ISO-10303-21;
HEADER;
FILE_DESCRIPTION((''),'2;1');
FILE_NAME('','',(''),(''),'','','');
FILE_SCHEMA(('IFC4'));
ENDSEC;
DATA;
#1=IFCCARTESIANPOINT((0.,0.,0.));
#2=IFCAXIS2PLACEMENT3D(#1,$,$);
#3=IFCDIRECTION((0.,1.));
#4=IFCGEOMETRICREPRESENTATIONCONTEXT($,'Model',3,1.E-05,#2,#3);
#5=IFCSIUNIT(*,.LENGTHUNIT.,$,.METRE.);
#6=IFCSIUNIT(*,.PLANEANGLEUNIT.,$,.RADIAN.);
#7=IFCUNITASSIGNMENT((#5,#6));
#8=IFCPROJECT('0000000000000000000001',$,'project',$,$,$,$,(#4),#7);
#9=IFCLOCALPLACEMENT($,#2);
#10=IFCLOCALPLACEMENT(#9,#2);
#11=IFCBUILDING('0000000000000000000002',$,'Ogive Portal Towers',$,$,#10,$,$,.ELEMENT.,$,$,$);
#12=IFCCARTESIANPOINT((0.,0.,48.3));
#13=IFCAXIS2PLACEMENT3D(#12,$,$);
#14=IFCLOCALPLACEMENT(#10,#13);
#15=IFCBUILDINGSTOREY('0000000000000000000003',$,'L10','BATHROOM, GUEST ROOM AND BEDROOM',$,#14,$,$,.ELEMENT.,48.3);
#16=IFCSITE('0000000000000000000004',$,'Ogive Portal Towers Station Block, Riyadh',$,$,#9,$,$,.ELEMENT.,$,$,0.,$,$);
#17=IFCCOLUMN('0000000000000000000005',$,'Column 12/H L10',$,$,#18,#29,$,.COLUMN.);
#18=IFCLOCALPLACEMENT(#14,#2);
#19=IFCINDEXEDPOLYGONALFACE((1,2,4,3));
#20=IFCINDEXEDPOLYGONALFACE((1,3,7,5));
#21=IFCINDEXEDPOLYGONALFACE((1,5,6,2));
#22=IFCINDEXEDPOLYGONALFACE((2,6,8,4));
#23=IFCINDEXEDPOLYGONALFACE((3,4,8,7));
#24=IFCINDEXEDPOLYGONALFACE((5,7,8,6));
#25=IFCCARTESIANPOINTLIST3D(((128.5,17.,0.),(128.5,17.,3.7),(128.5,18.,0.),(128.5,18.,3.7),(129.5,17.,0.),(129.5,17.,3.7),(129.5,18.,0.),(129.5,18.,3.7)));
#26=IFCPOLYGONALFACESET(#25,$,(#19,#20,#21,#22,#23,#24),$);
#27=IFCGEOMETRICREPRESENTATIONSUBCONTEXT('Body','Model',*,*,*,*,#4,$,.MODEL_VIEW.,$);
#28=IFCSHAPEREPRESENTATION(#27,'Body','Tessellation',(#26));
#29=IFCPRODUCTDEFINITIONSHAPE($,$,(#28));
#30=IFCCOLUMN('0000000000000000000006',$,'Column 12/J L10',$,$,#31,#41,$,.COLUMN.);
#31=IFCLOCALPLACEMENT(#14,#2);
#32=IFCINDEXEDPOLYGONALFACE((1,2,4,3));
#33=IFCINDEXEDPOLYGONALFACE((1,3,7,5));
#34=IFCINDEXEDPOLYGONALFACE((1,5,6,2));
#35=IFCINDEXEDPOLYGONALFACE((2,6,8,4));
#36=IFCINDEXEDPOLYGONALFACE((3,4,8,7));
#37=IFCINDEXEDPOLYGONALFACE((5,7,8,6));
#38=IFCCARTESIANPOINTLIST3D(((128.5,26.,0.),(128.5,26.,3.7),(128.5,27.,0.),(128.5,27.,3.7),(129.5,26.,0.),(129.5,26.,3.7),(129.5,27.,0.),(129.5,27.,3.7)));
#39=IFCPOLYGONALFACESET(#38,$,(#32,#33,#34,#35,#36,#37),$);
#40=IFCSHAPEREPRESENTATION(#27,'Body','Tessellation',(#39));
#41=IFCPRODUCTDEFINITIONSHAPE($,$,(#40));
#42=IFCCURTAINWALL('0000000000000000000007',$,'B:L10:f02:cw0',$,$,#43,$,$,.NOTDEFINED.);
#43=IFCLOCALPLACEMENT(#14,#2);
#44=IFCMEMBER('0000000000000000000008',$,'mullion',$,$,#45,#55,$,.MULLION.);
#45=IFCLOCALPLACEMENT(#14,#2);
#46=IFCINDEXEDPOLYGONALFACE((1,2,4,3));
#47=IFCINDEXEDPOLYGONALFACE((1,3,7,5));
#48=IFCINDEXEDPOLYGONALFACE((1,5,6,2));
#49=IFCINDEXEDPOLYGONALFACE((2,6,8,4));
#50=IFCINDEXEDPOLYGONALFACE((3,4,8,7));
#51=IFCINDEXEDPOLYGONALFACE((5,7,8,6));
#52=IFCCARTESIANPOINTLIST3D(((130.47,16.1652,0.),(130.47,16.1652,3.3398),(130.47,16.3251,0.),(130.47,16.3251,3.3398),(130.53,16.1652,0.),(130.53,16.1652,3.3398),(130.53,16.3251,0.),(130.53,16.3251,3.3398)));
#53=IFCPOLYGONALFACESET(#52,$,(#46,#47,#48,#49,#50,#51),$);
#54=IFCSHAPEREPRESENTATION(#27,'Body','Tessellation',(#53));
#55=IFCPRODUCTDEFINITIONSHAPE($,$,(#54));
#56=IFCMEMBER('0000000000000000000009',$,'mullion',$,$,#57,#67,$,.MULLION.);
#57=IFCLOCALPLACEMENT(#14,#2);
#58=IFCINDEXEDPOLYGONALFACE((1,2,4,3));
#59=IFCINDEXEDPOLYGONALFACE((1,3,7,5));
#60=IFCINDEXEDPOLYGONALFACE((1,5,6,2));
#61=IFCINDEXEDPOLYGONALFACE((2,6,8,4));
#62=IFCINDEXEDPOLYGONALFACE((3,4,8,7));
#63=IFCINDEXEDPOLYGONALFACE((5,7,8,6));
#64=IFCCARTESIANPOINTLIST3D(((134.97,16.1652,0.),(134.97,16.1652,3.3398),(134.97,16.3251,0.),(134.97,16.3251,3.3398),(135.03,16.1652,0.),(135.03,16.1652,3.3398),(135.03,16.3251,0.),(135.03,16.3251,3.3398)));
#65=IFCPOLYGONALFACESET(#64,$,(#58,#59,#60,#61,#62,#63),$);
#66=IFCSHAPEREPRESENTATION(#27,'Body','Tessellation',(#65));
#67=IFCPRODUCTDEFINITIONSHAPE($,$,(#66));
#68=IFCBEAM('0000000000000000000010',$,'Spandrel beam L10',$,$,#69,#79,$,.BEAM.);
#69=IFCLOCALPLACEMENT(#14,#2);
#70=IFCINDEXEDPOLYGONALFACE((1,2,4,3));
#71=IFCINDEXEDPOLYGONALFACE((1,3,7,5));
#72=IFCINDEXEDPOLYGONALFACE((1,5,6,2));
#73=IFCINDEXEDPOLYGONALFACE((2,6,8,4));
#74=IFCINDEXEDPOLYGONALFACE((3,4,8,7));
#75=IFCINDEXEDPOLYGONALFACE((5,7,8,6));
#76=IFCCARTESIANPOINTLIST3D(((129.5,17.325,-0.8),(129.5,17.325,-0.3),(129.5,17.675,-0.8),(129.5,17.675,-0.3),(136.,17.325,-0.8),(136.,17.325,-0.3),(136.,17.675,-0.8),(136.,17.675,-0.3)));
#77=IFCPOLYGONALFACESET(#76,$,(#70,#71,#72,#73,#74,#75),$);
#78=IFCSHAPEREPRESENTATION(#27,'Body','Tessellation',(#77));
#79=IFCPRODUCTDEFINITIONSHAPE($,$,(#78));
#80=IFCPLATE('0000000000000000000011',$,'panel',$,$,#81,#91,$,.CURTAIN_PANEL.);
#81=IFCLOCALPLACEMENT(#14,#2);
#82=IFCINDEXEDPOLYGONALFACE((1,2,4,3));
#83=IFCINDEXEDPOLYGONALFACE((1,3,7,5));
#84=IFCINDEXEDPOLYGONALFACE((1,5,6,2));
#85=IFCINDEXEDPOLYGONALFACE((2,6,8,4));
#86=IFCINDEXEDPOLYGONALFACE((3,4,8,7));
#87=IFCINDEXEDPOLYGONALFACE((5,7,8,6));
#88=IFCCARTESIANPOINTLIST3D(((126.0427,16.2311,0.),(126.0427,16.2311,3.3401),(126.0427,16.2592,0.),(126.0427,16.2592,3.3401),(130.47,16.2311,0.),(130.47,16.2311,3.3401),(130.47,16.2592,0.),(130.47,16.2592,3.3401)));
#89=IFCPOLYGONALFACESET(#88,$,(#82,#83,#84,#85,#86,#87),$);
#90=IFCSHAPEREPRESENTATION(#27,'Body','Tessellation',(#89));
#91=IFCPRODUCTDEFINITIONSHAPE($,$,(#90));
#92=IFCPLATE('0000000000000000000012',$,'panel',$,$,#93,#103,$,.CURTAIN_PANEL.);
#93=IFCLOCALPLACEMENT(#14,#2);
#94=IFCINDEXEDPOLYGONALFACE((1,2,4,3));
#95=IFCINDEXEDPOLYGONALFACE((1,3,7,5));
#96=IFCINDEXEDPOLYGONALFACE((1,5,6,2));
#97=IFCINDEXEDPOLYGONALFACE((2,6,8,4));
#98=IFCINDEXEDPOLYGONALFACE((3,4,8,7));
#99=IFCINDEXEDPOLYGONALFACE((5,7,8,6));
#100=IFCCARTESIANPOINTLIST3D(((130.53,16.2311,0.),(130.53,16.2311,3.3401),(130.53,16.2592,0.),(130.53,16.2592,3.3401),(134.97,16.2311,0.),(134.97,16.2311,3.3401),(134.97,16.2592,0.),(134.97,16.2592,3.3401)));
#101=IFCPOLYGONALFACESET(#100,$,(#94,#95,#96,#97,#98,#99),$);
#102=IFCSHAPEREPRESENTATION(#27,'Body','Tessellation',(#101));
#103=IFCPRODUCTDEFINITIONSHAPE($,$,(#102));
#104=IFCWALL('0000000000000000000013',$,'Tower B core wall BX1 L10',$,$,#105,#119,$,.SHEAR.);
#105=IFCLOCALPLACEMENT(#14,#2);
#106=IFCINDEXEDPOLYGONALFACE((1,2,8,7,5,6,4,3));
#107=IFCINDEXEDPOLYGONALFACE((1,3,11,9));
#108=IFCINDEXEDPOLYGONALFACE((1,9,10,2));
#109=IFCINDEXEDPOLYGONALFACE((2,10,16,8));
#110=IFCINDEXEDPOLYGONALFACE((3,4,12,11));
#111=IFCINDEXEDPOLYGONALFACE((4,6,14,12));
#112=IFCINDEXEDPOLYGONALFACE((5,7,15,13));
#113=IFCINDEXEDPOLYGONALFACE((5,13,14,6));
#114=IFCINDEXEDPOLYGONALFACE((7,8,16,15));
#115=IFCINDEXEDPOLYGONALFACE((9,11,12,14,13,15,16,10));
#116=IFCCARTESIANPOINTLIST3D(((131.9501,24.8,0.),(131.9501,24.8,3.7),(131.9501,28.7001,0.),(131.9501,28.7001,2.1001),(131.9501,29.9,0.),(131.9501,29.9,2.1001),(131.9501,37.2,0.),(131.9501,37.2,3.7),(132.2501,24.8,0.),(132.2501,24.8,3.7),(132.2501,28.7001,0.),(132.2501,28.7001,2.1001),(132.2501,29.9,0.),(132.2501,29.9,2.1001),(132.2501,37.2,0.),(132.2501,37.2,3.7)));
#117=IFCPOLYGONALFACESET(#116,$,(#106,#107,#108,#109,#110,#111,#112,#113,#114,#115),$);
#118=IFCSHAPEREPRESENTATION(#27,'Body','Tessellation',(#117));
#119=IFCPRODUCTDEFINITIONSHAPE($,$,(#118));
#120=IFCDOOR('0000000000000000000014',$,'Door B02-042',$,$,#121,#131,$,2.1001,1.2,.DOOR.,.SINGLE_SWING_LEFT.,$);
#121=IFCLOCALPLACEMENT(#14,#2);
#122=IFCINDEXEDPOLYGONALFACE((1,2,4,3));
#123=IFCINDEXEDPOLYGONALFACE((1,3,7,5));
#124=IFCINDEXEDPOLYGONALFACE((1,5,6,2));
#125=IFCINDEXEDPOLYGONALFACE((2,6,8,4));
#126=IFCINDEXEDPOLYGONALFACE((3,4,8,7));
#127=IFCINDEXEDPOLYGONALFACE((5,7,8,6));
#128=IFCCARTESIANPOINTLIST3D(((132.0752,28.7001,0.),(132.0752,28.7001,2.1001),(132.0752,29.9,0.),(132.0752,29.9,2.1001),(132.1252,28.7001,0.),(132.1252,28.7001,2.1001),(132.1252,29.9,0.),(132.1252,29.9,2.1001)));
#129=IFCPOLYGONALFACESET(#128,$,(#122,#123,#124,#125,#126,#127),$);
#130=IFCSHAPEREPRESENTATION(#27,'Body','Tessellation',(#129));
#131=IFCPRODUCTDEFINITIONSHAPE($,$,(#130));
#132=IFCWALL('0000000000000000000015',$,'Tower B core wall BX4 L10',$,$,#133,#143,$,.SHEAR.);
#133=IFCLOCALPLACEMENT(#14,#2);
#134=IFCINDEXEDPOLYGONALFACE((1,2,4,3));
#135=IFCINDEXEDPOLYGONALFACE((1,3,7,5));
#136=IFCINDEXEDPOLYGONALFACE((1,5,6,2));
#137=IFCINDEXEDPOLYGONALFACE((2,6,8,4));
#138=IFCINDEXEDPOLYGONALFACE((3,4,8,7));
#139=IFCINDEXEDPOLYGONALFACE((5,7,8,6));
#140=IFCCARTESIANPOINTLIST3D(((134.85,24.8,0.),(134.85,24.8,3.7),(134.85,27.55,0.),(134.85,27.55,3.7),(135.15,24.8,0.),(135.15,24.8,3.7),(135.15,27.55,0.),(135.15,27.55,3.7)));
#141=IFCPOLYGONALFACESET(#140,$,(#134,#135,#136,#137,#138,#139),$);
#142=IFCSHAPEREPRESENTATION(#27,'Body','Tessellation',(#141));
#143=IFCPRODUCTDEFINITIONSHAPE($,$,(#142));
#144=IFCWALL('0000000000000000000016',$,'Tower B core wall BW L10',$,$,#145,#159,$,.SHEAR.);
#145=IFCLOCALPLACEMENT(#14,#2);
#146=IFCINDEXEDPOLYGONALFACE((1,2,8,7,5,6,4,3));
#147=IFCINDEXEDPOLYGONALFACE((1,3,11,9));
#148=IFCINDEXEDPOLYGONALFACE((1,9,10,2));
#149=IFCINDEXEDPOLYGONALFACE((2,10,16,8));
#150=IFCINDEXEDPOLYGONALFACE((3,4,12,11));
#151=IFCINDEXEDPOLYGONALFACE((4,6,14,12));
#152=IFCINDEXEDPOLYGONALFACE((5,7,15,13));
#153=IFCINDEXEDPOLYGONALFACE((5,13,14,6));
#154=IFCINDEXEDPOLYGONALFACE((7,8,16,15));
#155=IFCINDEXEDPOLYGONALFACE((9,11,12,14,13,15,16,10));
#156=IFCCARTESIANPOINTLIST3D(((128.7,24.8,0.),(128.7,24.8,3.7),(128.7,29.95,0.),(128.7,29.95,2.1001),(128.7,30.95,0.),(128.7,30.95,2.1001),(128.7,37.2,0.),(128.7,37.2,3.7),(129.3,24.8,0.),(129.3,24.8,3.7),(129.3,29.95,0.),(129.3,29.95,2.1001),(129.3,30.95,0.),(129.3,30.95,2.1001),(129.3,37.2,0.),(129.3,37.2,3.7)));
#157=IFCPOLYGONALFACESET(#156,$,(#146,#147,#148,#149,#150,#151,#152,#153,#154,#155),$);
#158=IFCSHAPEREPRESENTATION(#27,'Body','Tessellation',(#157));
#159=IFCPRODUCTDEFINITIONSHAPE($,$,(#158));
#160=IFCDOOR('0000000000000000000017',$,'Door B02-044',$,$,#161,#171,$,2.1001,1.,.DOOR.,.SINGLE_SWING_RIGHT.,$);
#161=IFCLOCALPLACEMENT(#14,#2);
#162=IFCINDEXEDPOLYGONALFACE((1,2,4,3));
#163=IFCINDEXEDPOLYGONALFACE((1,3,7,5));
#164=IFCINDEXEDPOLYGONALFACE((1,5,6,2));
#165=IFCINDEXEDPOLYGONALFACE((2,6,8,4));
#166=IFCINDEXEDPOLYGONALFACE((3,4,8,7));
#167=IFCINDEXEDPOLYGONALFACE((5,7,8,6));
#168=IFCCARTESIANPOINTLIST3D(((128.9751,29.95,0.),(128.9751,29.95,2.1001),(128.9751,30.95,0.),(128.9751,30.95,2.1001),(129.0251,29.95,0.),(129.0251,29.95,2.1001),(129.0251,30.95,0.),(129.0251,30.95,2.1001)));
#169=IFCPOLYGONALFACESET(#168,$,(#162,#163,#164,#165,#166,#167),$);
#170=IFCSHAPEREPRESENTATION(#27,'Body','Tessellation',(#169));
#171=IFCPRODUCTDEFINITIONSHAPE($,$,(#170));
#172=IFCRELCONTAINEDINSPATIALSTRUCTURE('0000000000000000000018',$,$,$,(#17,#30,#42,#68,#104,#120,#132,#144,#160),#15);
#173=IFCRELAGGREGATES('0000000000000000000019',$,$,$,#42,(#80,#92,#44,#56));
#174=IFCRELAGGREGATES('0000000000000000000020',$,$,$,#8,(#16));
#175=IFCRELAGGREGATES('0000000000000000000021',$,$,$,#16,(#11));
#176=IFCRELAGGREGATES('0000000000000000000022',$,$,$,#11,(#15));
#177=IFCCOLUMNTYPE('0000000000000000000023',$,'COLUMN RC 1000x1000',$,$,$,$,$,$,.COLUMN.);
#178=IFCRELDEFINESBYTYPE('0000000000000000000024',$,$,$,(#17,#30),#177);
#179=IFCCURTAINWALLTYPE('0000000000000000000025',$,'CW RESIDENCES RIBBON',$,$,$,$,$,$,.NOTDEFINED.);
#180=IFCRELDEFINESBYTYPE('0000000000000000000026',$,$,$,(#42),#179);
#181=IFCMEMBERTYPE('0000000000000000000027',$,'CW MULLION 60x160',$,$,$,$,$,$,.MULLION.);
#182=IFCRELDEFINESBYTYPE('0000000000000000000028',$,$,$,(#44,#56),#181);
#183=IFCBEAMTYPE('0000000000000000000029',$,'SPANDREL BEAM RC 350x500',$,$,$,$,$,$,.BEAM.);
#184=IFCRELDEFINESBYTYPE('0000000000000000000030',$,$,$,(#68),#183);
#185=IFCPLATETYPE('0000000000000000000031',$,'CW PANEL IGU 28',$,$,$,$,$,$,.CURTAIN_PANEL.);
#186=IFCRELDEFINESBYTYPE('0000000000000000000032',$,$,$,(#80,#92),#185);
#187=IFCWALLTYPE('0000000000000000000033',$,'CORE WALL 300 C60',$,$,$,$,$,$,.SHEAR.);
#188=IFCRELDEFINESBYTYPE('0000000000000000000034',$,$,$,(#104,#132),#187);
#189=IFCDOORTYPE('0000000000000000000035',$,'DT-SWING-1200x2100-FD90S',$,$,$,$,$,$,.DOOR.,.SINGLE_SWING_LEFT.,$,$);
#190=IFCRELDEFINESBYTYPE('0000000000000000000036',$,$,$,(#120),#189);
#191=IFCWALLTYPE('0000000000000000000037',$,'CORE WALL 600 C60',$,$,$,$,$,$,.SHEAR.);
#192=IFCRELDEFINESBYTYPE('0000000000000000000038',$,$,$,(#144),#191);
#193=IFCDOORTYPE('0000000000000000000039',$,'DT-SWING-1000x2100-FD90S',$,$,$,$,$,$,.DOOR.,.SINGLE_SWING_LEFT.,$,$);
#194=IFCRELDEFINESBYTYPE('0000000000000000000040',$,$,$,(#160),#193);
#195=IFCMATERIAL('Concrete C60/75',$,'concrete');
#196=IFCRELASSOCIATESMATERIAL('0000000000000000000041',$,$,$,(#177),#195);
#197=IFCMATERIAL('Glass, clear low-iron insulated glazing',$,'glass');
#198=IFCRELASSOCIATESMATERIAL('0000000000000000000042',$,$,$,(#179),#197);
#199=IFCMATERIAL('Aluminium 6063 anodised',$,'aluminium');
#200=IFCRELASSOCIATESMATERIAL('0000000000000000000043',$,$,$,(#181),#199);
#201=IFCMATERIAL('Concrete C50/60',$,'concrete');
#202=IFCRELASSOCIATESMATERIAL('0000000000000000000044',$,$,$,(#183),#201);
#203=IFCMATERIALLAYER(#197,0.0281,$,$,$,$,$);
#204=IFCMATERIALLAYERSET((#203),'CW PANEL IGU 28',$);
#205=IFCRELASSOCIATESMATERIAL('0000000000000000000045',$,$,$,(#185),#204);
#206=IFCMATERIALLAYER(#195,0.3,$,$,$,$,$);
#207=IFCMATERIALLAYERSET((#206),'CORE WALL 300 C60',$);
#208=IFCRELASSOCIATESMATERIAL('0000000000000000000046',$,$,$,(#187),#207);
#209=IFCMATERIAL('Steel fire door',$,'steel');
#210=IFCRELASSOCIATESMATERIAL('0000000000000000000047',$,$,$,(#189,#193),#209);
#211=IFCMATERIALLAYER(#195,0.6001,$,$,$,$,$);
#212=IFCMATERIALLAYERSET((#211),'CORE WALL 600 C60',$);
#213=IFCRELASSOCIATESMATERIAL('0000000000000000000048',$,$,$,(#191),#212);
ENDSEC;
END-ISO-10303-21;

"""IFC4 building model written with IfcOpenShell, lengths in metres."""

from ifc_helpers import new_model, si_unit, direction, frame, frame_2d, origin, origin_2d, place, context, subcontext, project, spatial, rectangle, extrude, material, layer, layer_set, material_profile, profile_set, type_object, element, fill, aggregate, save


model = new_model("IFC4")

# Units and contexts
model_context = context("Model", 3, precision=1e-05, world=origin(), true_north=direction((0.0, 1.0)))
body_context = subcontext(model_context, "Body", "Model", "MODEL_VIEW")
ifc_project = project(units=[si_unit("LENGTHUNIT", "METRE"), si_unit("PLANEANGLEUNIT", "RADIAN")], contexts=[model_context])

# Site, building, storey
site_placement = place(None, origin())
site = spatial("IfcSite", under=ifc_project, at=site_placement, Name="Ogive Portal Towers Station Block, Riyadh", CompositionType="ELEMENT", RefElevation=0.0)
building_placement = place(site_placement, origin())
building = spatial("IfcBuilding", under=site, at=building_placement, Name="Ogive Portal Towers", CompositionType="ELEMENT")
storey_placement = place(building_placement, frame((0.0, 0.0, 48.3)))
storey = spatial("IfcBuildingStorey", under=building, at=storey_placement, Name="L10", Description="BATHROOM, GUEST ROOM AND BEDROOM", CompositionType="ELEMENT", Elevation=48.3)

# Columns
ifc_material_1 = material(Name="Concrete C60/75", Category="concrete")
ifc_material_profile_1 = material_profile(ifc_material_1, rectangle(XDim=1.0, YDim=1.0, at=origin_2d()), Name="RC 1000x1000")
ifc_profile_set_1 = profile_set([ifc_material_profile_1], Name="Concrete C60/75")
column_type = type_object("IfcColumnType", Name="COLUMN RC 1000x1000", PredefinedType="COLUMN", material=ifc_profile_set_1)
for number, where, z_axis, x_axis, name in (
    (1, (129.0, 17.5, 0.0), (0.0, 0.0, 1.0), (1.0, 0.0, 0.0), "Column 12/H L10"),
    (2, (129.0, 26.5, 0.0), (0.0, 0.0, 1.0), (1.0, 0.0, 0.0), "Column 12/J L10"),
):
    element("IfcColumn", number, at=place(storey_placement, frame(where, z_axis=z_axis, x_axis=x_axis)), inside=storey, type_object=column_type, Name=name, PredefinedType="COLUMN", context=body_context, shape_type="SweptSolid", body=[
        extrude(rectangle(XDim=1.0, YDim=1.0, at=origin_2d()), origin(), (0.0, 0.0, 1.0), 3.7),
    ])

# Curtain wall, members
ifc_material_2 = material(Name="Glass, clear low-iron insulated glazing", Category="glass")
curtain_wall_type = type_object("IfcCurtainWallType", Name="CW RESIDENCES RIBBON", PredefinedType="NOTDEFINED", material=ifc_material_2)
curtain_wall_placement = place(storey_placement, origin())
curtain_wall = element("IfcCurtainWall", 3, at=curtain_wall_placement, inside=storey, type_object=curtain_wall_type, Name="B:L10:f02:cw0", PredefinedType="NOTDEFINED")
ifc_material_3 = material(Name="Aluminium 6063 anodised", Category="aluminium")
ifc_material_profile_2 = material_profile(ifc_material_3, rectangle(XDim=0.1599, YDim=0.0601, at=origin_2d()), Name="AL 60x160")
ifc_profile_set_2 = profile_set([ifc_material_profile_2], Name="Aluminium 6063 anodised")
member_type = type_object("IfcMemberType", Name="CW MULLION 60x160", PredefinedType="MULLION", material=ifc_profile_set_2)
member_1_placement = place(storey_placement, frame((130.5, 16.2451, 0.0), z_axis=(0.0, 0.0, 1.0), x_axis=(0.0, 1.0, 0.0)))
member_1 = element("IfcMember", 4, at=member_1_placement, type_object=member_type, Name="mullion", PredefinedType="MULLION", context=body_context, shape_type="SweptSolid", body=[
    extrude(rectangle(XDim=0.1599, YDim=0.0601, at=origin_2d()), origin(), (0.0, 0.0, 1.0), 3.3398),
])
member_2_placement = place(storey_placement, frame((135.0, 16.2451, 0.0), z_axis=(0.0, 0.0, 1.0), x_axis=(0.0, 1.0, 0.0)))
member_2 = element("IfcMember", 5, at=member_2_placement, type_object=member_type, Name="mullion", PredefinedType="MULLION", context=body_context, shape_type="SweptSolid", body=[
    extrude(rectangle(XDim=0.1599, YDim=0.0601, at=origin_2d()), origin(), (0.0, 0.0, 1.0), 3.3398),
])

# Beam
ifc_material_4 = material(Name="Concrete C50/60", Category="concrete")
ifc_material_profile_3 = material_profile(ifc_material_4, rectangle(XDim=0.3501, YDim=0.5, at=origin_2d()), Name="RC 350x500")
ifc_profile_set_3 = profile_set([ifc_material_profile_3], Name="Concrete C50/60")
beam_type = type_object("IfcBeamType", Name="SPANDREL BEAM RC 350x500", PredefinedType="BEAM", material=ifc_profile_set_3)
beam_placement = place(storey_placement, frame((129.5, 17.5, -0.55), z_axis=(1.0, 0.0, 0.0), x_axis=(0.0, 1.0, 0.0)))
element("IfcBeam", 6, at=beam_placement, inside=storey, type_object=beam_type, Name="Spandrel beam L10", PredefinedType="BEAM", context=body_context, shape_type="SweptSolid", body=[
    extrude(rectangle(XDim=0.3501, YDim=0.5, at=origin_2d()), origin(), (0.0, 0.0, 1.0), 6.5),
])

# Plates
ifc_layer_1 = layer(ifc_material_2, 0.0281)
ifc_layer_set_1 = layer_set([ifc_layer_1], Name="CW PANEL IGU 28")
plate_type = type_object("IfcPlateType", Name="CW PANEL IGU 28", PredefinedType="CURTAIN_PANEL", material=ifc_layer_set_1)
plate_1_placement = place(storey_placement, frame((128.2563, 16.2451, 0.0), z_axis=(0.0, 0.0, 1.0), x_axis=(1.0, 0.0, 0.0)))
plate_1 = element("IfcPlate", 7, at=plate_1_placement, type_object=plate_type, Name="panel", PredefinedType="CURTAIN_PANEL", context=body_context, shape_type="SweptSolid", body=[
    extrude(rectangle(XDim=4.4272, YDim=0.0281, at=origin_2d()), origin(), (0.0, 0.0, 1.0), 3.3401),
])
plate_2_placement = place(storey_placement, frame((132.75, 16.2451, 0.0), z_axis=(0.0, 0.0, 1.0), x_axis=(1.0, 0.0, 0.0)))
plate_2 = element("IfcPlate", 8, at=plate_2_placement, type_object=plate_type, Name="panel", PredefinedType="CURTAIN_PANEL", context=body_context, shape_type="SweptSolid", body=[
    extrude(rectangle(XDim=4.4399, YDim=0.0281, at=origin_2d()), origin(), (0.0, 0.0, 1.0), 3.3401),
])
aggregate(curtain_wall, [plate_1, plate_2, member_1, member_2])

# Wall, opening, door
ifc_layer_2 = layer(ifc_material_1, 0.3)
ifc_layer_set_2 = layer_set([ifc_layer_2], Name="CORE WALL 300 C60")
wall_type_1 = type_object("IfcWallType", Name="CORE WALL 300 C60", PredefinedType="SHEAR", material=ifc_layer_set_2)
wall_1_placement = place(storey_placement, frame((132.1001, 24.8, 0.0), z_axis=(0.0, 0.0, 1.0), x_axis=(0.0, 1.0, 0.0)))
wall_1 = element("IfcWall", 9, at=wall_1_placement, inside=storey, type_object=wall_type_1, Name="Tower B core wall BX1 L10", PredefinedType="SHEAR", context=body_context, shape_type="SweptSolid", body=[
    extrude(rectangle(XDim=12.3999, YDim=0.3, at=frame_2d((6.2, 0.0))), origin(), (0.0, 0.0, 1.0), 3.7),
])
opening_1_placement = place(wall_1_placement, frame((3.8999, 0.0, 0.0)))
opening_1 = element("IfcOpeningElement", 10, at=opening_1_placement, cuts=wall_1, PredefinedType="OPENING", context=body_context, shape_type="SweptSolid", body=[
    extrude(rectangle(XDim=1.2, YDim=2.1001, at=frame_2d((0.6001, 1.05))), frame((0.0, 0.1602, 0.0), z_axis=(0.0, -1.0, 0.0), x_axis=(1.0, 0.0, 0.0)), (0.0, 0.0, 1.0), 0.3201),
])
ifc_material_5 = material(Name="Steel fire door", Category="steel")
door_type_1 = type_object("IfcDoorType", Name="DT-SWING-1200x2100-FD90S", OperationType="SINGLE_SWING_LEFT", PredefinedType="DOOR", material=ifc_material_5)
door_1_placement = place(opening_1_placement, origin())
door_1 = element("IfcDoor", 11, at=door_1_placement, inside=storey, type_object=door_type_1, Name="Door B02-042", OperationType="SINGLE_SWING_LEFT", OverallHeight=2.1001, OverallWidth=1.2, PredefinedType="DOOR", context=body_context, shape_type="SweptSolid", body=[
    extrude(rectangle(XDim=1.2, YDim=2.1001, at=frame_2d((0.6001, 1.05))), frame((0.0, 0.0249, 0.0), z_axis=(0.0, -1.0, 0.0), x_axis=(1.0, 0.0, 0.0)), (0.0, 0.0, 1.0), 0.05),
])
fill(opening_1, door_1)

# Wall
wall_2_placement = place(storey_placement, frame((135.0, 24.8, 0.0), z_axis=(0.0, 0.0, 1.0), x_axis=(0.0, 1.0, 0.0)))
element("IfcWall", 12, at=wall_2_placement, inside=storey, type_object=wall_type_1, Name="Tower B core wall BX4 L10", PredefinedType="SHEAR", context=body_context, shape_type="SweptSolid", body=[
    extrude(rectangle(XDim=2.75, YDim=0.3, at=frame_2d((1.375, 0.0))), origin(), (0.0, 0.0, 1.0), 3.7),
])

# Wall, opening, door
ifc_layer_3 = layer(ifc_material_1, 0.6001)
ifc_layer_set_3 = layer_set([ifc_layer_3], Name="CORE WALL 600 C60")
wall_type_2 = type_object("IfcWallType", Name="CORE WALL 600 C60", PredefinedType="SHEAR", material=ifc_layer_set_3)
wall_3_placement = place(storey_placement, frame((129.0, 24.8, 0.0), z_axis=(0.0, 0.0, 1.0), x_axis=(0.0, 1.0, 0.0)))
wall_3 = element("IfcWall", 13, at=wall_3_placement, inside=storey, type_object=wall_type_2, Name="Tower B core wall BW L10", PredefinedType="SHEAR", context=body_context, shape_type="SweptSolid", body=[
    extrude(rectangle(XDim=12.3999, YDim=0.6001, at=frame_2d((6.2, 0.0))), origin(), (0.0, 0.0, 1.0), 3.7),
])
opening_2_placement = place(wall_3_placement, frame((5.1499, 0.0, 0.0)))
opening_2 = element("IfcOpeningElement", 14, at=opening_2_placement, cuts=wall_3, PredefinedType="OPENING", context=body_context, shape_type="SweptSolid", body=[
    extrude(rectangle(XDim=1.0, YDim=2.1001, at=frame_2d((0.5, 1.05))), frame((0.0, 0.3101, 0.0), z_axis=(0.0, -1.0, 0.0), x_axis=(1.0, 0.0, 0.0)), (0.0, 0.0, 1.0), 0.6201),
])
door_type_2 = type_object("IfcDoorType", Name="DT-SWING-1000x2100-FD90S", OperationType="SINGLE_SWING_LEFT", PredefinedType="DOOR", material=ifc_material_5)
door_2_placement = place(opening_2_placement, origin())
door_2 = element("IfcDoor", 15, at=door_2_placement, inside=storey, type_object=door_type_2, Name="Door B02-044", OperationType="SINGLE_SWING_RIGHT", OverallHeight=2.1001, OverallWidth=1.0, PredefinedType="DOOR", context=body_context, shape_type="SweptSolid", body=[
    extrude(rectangle(XDim=1.0, YDim=2.1001, at=frame_2d((0.5, 1.05))), frame((0.0, 0.0249, 0.0), z_axis=(0.0, -1.0, 0.0), x_axis=(1.0, 0.0, 0.0)), (0.0, 0.0, 1.0), 0.05),
])
fill(opening_2, door_2)

save(model, "model.ifc")
